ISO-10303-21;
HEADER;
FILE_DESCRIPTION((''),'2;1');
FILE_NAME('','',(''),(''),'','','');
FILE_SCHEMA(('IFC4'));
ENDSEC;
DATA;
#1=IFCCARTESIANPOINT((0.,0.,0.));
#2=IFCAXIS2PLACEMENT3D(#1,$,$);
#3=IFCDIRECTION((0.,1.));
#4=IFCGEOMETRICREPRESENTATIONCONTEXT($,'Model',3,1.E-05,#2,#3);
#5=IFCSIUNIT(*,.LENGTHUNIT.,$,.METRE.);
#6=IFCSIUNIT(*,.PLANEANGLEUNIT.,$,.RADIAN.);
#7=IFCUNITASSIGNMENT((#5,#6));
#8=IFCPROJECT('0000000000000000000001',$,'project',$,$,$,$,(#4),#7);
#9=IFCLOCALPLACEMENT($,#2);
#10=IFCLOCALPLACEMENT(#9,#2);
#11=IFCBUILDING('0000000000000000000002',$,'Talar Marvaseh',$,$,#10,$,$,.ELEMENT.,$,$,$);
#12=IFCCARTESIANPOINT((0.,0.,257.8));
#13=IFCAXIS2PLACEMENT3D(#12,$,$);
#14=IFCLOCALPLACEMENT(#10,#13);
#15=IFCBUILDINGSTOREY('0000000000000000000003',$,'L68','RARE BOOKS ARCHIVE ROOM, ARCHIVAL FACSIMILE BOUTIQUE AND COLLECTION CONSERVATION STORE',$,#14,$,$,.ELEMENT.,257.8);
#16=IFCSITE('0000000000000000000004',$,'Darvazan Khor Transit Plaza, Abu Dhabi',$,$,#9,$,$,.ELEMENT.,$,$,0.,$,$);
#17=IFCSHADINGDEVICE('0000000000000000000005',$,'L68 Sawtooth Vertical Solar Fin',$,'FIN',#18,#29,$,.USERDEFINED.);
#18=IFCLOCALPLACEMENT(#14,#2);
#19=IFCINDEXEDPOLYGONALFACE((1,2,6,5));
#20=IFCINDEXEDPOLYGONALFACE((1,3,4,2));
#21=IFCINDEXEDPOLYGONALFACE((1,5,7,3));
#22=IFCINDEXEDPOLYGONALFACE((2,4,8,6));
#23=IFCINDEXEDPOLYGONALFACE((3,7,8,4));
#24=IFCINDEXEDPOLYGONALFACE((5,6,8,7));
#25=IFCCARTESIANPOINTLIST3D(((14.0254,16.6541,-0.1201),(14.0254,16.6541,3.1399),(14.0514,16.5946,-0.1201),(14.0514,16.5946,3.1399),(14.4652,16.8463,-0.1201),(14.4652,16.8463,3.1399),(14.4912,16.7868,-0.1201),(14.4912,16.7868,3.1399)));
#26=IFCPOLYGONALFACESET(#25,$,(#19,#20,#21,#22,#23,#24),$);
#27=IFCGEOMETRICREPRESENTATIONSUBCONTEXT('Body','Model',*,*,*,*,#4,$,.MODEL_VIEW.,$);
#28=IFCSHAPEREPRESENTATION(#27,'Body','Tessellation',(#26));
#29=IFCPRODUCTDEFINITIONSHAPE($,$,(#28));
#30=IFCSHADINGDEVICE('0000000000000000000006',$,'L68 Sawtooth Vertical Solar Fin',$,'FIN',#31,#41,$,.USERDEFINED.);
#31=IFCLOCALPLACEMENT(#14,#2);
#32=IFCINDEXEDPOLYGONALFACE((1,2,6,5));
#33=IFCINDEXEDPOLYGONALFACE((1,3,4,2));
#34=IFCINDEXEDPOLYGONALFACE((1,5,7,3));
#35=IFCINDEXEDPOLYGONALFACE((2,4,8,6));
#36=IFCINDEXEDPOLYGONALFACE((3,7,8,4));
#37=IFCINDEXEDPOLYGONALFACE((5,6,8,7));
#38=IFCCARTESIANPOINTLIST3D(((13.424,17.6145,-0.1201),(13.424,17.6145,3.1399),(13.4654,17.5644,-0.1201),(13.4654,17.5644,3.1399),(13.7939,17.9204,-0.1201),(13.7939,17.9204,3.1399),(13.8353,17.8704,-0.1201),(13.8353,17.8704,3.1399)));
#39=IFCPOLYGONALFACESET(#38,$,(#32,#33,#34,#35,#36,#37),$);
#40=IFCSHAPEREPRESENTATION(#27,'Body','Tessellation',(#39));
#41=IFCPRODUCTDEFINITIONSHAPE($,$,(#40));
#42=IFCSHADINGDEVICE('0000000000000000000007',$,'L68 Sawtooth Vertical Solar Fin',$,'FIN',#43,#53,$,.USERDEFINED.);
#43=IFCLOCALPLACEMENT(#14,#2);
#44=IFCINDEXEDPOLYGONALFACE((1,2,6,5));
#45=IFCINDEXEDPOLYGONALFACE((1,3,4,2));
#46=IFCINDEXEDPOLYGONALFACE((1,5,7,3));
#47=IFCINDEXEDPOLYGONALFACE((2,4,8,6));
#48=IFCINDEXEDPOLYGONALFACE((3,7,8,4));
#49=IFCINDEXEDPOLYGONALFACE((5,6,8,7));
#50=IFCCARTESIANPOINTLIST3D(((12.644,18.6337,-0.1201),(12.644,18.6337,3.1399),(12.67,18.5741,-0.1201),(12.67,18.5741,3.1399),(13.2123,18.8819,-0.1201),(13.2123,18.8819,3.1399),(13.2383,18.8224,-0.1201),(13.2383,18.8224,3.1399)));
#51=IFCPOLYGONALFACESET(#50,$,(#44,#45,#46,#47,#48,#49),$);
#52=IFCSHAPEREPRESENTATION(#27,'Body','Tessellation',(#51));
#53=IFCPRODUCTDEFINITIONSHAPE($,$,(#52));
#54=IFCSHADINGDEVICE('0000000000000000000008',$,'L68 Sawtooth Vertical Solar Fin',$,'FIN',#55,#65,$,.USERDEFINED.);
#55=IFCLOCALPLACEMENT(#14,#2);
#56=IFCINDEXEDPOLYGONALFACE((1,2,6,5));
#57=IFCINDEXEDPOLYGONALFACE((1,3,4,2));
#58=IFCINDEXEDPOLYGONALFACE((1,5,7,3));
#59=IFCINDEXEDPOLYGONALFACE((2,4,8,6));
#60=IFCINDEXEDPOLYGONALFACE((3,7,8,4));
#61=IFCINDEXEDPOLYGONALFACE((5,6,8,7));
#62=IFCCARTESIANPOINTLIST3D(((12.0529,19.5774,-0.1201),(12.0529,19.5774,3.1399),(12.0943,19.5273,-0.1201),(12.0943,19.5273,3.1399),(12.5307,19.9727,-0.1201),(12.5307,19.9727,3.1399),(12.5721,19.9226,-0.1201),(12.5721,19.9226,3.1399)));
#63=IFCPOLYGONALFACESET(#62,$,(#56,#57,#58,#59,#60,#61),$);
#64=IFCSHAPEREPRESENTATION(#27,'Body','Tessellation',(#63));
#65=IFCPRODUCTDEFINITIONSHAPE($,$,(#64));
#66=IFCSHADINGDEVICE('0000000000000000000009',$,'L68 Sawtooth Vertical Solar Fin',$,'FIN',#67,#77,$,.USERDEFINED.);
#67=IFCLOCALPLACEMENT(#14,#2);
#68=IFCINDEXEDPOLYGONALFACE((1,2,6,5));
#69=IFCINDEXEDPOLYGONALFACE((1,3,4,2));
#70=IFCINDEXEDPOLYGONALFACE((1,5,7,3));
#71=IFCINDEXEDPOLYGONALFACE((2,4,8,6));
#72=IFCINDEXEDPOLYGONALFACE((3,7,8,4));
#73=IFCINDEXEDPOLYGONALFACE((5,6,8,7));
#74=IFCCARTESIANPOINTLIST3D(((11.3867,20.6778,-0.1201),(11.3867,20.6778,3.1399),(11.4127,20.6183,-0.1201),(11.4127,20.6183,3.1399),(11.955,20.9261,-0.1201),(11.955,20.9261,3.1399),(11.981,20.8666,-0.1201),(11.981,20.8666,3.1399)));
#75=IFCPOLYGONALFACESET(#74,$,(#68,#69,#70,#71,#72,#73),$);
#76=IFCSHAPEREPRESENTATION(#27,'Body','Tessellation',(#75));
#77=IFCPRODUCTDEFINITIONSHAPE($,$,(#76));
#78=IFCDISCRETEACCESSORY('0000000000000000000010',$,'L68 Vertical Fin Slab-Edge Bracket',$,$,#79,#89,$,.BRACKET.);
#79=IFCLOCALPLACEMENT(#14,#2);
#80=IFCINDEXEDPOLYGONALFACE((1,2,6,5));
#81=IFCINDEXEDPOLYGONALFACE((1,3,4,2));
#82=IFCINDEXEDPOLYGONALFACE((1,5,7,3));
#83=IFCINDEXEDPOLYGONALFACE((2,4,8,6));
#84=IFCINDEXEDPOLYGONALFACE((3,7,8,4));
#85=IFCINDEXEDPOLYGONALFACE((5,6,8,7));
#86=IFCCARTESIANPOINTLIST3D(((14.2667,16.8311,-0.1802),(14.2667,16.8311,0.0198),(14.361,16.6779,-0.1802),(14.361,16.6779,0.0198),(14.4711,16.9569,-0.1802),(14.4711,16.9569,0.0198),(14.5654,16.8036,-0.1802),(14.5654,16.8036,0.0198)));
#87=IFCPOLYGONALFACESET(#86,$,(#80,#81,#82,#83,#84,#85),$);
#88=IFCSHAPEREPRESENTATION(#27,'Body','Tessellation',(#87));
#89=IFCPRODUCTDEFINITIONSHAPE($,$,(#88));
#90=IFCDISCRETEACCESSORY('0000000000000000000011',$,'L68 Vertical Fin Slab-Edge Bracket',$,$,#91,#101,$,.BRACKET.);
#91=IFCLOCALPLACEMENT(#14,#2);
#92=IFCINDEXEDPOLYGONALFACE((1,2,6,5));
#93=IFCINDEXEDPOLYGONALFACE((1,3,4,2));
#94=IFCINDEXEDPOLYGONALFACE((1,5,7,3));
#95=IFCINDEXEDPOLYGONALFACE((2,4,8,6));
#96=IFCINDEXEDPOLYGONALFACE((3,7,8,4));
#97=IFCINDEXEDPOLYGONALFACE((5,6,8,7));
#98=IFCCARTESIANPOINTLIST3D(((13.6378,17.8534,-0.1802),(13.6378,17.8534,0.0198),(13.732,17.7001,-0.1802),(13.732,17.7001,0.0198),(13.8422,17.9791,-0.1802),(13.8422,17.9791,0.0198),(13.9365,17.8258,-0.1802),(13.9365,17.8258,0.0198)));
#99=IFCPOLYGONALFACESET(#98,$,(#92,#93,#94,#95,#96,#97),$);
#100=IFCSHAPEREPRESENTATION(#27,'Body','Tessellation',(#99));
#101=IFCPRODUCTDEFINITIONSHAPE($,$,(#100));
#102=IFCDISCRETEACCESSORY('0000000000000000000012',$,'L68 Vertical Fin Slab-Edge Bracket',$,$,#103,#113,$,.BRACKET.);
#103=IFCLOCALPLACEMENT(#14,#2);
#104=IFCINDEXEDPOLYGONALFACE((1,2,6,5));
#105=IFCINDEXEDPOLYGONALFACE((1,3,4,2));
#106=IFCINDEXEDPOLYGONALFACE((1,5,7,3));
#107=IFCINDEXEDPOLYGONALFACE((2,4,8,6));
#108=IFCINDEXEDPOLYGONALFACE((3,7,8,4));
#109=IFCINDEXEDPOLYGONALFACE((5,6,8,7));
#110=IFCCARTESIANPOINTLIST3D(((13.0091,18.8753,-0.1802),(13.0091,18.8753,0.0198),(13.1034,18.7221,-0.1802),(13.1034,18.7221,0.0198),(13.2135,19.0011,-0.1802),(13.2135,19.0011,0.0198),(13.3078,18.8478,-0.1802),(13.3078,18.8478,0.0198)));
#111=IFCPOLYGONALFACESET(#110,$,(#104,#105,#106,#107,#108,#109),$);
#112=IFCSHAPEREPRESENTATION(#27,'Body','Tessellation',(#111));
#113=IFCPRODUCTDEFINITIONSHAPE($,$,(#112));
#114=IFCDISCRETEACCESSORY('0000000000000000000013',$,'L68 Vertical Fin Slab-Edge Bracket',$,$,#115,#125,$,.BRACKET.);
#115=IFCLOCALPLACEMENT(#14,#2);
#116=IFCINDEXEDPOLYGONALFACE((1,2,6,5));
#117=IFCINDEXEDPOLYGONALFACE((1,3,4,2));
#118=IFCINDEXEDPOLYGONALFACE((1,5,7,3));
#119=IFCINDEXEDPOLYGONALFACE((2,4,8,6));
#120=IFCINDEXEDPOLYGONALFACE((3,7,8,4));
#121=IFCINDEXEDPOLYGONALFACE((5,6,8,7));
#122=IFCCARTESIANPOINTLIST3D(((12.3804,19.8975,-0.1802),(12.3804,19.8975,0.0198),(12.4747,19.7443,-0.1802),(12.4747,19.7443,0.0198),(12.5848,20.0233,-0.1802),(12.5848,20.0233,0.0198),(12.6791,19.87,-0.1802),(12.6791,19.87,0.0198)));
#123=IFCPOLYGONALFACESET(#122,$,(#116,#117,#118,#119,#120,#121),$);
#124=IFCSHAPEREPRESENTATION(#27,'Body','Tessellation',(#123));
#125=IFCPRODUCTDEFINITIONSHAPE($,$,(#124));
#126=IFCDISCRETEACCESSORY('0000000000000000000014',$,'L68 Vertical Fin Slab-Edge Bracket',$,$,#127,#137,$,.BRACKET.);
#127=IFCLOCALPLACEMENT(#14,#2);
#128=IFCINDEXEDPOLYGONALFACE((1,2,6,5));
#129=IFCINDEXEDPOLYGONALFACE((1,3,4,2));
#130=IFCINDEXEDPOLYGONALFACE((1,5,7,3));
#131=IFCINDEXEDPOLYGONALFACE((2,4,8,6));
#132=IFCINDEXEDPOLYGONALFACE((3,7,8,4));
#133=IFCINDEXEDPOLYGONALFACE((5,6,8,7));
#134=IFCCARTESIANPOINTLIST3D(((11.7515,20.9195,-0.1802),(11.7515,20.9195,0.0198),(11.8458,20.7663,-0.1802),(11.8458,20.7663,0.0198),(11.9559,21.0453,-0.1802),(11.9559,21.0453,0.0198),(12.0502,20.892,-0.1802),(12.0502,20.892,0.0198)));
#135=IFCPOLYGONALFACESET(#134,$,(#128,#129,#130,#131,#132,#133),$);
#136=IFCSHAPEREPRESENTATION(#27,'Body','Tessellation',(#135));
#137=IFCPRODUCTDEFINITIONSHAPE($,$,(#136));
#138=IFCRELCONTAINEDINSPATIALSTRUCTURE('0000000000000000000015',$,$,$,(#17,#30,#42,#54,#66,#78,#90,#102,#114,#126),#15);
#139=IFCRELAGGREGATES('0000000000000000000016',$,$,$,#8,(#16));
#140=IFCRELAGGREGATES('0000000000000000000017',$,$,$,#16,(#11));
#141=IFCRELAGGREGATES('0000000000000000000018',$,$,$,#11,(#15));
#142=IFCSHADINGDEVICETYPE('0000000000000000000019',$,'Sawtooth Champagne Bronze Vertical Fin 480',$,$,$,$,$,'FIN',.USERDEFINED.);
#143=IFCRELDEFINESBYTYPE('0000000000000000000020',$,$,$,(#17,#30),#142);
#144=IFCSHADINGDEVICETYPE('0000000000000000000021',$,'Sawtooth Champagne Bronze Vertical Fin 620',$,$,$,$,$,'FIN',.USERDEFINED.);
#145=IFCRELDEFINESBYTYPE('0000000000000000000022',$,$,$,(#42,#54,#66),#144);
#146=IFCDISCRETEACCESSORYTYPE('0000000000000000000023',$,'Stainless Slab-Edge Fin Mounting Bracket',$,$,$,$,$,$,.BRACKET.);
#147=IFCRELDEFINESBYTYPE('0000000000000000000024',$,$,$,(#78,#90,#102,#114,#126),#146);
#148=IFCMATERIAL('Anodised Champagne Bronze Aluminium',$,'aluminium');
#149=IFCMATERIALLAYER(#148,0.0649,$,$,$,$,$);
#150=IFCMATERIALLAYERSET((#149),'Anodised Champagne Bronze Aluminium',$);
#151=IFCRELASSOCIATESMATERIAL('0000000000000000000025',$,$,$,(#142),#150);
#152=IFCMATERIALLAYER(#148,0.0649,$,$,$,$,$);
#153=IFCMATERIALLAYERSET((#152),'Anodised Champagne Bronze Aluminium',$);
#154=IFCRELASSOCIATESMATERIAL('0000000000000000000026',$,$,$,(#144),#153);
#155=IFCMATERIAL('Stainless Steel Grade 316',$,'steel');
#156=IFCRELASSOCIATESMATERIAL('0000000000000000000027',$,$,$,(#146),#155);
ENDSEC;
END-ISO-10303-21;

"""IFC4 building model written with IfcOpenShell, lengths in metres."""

from ifc_helpers import new_model, si_unit, direction, frame, origin, origin_2d, place, context, subcontext, project, spatial, rectangle, extrude, source, transform, mapped, material, layer, layer_set, type_object, type_shapes, element, save


model = new_model("IFC4")

# Units and contexts
model_context = context("Model", 3, precision=1e-05, world=origin(), true_north=direction((0.0, 1.0)))
body_context = subcontext(model_context, "Body", "Model", "MODEL_VIEW")
ifc_project = project(units=[si_unit("LENGTHUNIT", "METRE"), si_unit("PLANEANGLEUNIT", "RADIAN")], contexts=[model_context])

# Site, building, storey
site_placement = place(None, origin())
site = spatial("IfcSite", under=ifc_project, at=site_placement, Name="Darvazan Khor Transit Plaza, Abu Dhabi", CompositionType="ELEMENT", RefElevation=0.0)
building_placement = place(site_placement, origin())
building = spatial("IfcBuilding", under=site, at=building_placement, Name="Talar Marvaseh", CompositionType="ELEMENT")
storey_placement = place(building_placement, frame((0.0, 0.0, 257.8)))
storey = spatial("IfcBuildingStorey", under=building, at=storey_placement, Name="L68", Description="RARE BOOKS ARCHIVE ROOM, ARCHIVAL FACSIMILE BOUTIQUE AND COLLECTION CONSERVATION STORE", CompositionType="ELEMENT", Elevation=257.8)

# Shading devices
ifc_material_1 = material(Name="Anodised Champagne Bronze Aluminium", Category="aluminium")
ifc_layer_1 = layer(ifc_material_1, 0.0649)
ifc_layer_set_1 = layer_set([ifc_layer_1], Name="Anodised Champagne Bronze Aluminium")
shading_device_type_1 = type_object("IfcShadingDeviceType", Name="Sawtooth Champagne Bronze Vertical Fin 480", ElementType="FIN", PredefinedType="USERDEFINED", material=ifc_layer_set_1)
shared_shape_1 = source(origin(), body_context, "Body", "SweptSolid", [
    extrude(rectangle(XDim=0.48, YDim=0.0649, at=origin_2d()), origin(), (0.0, 0.0, 1.0), 3.26),
])
type_shapes(shading_device_type_1, [shared_shape_1])
for number, where, z_axis, x_axis, name in (
    (1, (14.2583, 16.7205, -0.1201), (0.0, 0.0, 1.0), (-0.916363, -0.400349, 0.0), "L68 Sawtooth Vertical Solar Fin"),
    (2, (13.6296, 17.7424, -0.1201), (0.0, 0.0, 1.0), (-0.770513, -0.637424, 0.0), "L68 Sawtooth Vertical Solar Fin"),
):
    element("IfcShadingDevice", number, at=place(storey_placement, frame(where, z_axis=z_axis, x_axis=x_axis)), inside=storey, type_object=shading_device_type_1, Name=name, ObjectType="FIN", PredefinedType="USERDEFINED", context=body_context, shape_type="MappedRepresentation", body=[
        mapped(shared_shape_1, transform((0.0, 0.0, 0.0), x_axis=(1.0, 0.0, 0.0), y_axis=(0.0, 1.0, 0.0), z_axis=(0.0, 0.0, 1.0), scale=1.0)),
    ])
ifc_layer_2 = layer(ifc_material_1, 0.0649)
ifc_layer_set_2 = layer_set([ifc_layer_2], Name="Anodised Champagne Bronze Aluminium")
shading_device_type_2 = type_object("IfcShadingDeviceType", Name="Sawtooth Champagne Bronze Vertical Fin 620", ElementType="FIN", PredefinedType="USERDEFINED", material=ifc_layer_set_2)
shared_shape_2 = source(origin(), body_context, "Body", "SweptSolid", [
    extrude(rectangle(XDim=0.6201, YDim=0.0649, at=origin_2d()), origin(), (0.0, 0.0, 1.0), 3.26),
])
type_shapes(shading_device_type_2, [shared_shape_2])
for number, where, z_axis, x_axis, name in (
    (3, (12.9412, 18.728, -0.1201), (0.0, 0.0, 1.0), (-0.916363, -0.400349, 0.0), "L68 Sawtooth Vertical Solar Fin"),
    (4, (12.3125, 19.75, -0.1201), (0.0, 0.0, 1.0), (-0.770513, -0.637424, 0.0), "L68 Sawtooth Vertical Solar Fin"),
    (5, (11.6838, 20.7722, -0.1201), (0.0, 0.0, 1.0), (-0.916363, -0.400349, 0.0), "L68 Sawtooth Vertical Solar Fin"),
):
    element("IfcShadingDevice", number, at=place(storey_placement, frame(where, z_axis=z_axis, x_axis=x_axis)), inside=storey, type_object=shading_device_type_2, Name=name, ObjectType="FIN", PredefinedType="USERDEFINED", context=body_context, shape_type="MappedRepresentation", body=[
        mapped(shared_shape_2, transform((0.0, 0.0, 0.0), x_axis=(1.0, 0.0, 0.0), y_axis=(0.0, 1.0, 0.0), z_axis=(0.0, 0.0, 1.0), scale=1.0)),
    ])

# Discrete accessories
ifc_material_2 = material(Name="Stainless Steel Grade 316", Category="steel")
discrete_accessory_type = type_object("IfcDiscreteAccessoryType", Name="Stainless Slab-Edge Fin Mounting Bracket", PredefinedType="BRACKET", material=ifc_material_2)
shared_shape_3 = source(origin(), body_context, "Body", "SweptSolid", [
    extrude(rectangle(XDim=0.24, YDim=0.1799, at=origin_2d()), origin(), (0.0, 0.0, 1.0), 0.2),
])
type_shapes(discrete_accessory_type, [shared_shape_3])
for number, where, z_axis, x_axis, name in (
    (6, (14.416, 16.8174, -0.1802), (0.0, 0.0, 1.0), (-0.851727, -0.523986, 0.0), "L68 Vertical Fin Slab-Edge Bracket"),
    (7, (13.7871, 17.8396, -0.1802), (0.0, 0.0, 1.0), (-0.851727, -0.523986, 0.0), "L68 Vertical Fin Slab-Edge Bracket"),
    (8, (13.1584, 18.8616, -0.1802), (0.0, 0.0, 1.0), (-0.851727, -0.523986, 0.0), "L68 Vertical Fin Slab-Edge Bracket"),
    (9, (12.5298, 19.8838, -0.1802), (0.0, 0.0, 1.0), (-0.851727, -0.523986, 0.0), "L68 Vertical Fin Slab-Edge Bracket"),
    (10, (11.9009, 20.9058, -0.1802), (0.0, 0.0, 1.0), (-0.851727, -0.523986, 0.0), "L68 Vertical Fin Slab-Edge Bracket"),
):
    element("IfcDiscreteAccessory", number, at=place(storey_placement, frame(where, z_axis=z_axis, x_axis=x_axis)), inside=storey, type_object=discrete_accessory_type, Name=name, PredefinedType="BRACKET", context=body_context, shape_type="MappedRepresentation", body=[
        mapped(shared_shape_3, transform((0.0, 0.0, 0.0), x_axis=(1.0, 0.0, 0.0), y_axis=(0.0, 1.0, 0.0), z_axis=(0.0, 0.0, 1.0), scale=1.0)),
    ])

save(model, "model.ifc")
